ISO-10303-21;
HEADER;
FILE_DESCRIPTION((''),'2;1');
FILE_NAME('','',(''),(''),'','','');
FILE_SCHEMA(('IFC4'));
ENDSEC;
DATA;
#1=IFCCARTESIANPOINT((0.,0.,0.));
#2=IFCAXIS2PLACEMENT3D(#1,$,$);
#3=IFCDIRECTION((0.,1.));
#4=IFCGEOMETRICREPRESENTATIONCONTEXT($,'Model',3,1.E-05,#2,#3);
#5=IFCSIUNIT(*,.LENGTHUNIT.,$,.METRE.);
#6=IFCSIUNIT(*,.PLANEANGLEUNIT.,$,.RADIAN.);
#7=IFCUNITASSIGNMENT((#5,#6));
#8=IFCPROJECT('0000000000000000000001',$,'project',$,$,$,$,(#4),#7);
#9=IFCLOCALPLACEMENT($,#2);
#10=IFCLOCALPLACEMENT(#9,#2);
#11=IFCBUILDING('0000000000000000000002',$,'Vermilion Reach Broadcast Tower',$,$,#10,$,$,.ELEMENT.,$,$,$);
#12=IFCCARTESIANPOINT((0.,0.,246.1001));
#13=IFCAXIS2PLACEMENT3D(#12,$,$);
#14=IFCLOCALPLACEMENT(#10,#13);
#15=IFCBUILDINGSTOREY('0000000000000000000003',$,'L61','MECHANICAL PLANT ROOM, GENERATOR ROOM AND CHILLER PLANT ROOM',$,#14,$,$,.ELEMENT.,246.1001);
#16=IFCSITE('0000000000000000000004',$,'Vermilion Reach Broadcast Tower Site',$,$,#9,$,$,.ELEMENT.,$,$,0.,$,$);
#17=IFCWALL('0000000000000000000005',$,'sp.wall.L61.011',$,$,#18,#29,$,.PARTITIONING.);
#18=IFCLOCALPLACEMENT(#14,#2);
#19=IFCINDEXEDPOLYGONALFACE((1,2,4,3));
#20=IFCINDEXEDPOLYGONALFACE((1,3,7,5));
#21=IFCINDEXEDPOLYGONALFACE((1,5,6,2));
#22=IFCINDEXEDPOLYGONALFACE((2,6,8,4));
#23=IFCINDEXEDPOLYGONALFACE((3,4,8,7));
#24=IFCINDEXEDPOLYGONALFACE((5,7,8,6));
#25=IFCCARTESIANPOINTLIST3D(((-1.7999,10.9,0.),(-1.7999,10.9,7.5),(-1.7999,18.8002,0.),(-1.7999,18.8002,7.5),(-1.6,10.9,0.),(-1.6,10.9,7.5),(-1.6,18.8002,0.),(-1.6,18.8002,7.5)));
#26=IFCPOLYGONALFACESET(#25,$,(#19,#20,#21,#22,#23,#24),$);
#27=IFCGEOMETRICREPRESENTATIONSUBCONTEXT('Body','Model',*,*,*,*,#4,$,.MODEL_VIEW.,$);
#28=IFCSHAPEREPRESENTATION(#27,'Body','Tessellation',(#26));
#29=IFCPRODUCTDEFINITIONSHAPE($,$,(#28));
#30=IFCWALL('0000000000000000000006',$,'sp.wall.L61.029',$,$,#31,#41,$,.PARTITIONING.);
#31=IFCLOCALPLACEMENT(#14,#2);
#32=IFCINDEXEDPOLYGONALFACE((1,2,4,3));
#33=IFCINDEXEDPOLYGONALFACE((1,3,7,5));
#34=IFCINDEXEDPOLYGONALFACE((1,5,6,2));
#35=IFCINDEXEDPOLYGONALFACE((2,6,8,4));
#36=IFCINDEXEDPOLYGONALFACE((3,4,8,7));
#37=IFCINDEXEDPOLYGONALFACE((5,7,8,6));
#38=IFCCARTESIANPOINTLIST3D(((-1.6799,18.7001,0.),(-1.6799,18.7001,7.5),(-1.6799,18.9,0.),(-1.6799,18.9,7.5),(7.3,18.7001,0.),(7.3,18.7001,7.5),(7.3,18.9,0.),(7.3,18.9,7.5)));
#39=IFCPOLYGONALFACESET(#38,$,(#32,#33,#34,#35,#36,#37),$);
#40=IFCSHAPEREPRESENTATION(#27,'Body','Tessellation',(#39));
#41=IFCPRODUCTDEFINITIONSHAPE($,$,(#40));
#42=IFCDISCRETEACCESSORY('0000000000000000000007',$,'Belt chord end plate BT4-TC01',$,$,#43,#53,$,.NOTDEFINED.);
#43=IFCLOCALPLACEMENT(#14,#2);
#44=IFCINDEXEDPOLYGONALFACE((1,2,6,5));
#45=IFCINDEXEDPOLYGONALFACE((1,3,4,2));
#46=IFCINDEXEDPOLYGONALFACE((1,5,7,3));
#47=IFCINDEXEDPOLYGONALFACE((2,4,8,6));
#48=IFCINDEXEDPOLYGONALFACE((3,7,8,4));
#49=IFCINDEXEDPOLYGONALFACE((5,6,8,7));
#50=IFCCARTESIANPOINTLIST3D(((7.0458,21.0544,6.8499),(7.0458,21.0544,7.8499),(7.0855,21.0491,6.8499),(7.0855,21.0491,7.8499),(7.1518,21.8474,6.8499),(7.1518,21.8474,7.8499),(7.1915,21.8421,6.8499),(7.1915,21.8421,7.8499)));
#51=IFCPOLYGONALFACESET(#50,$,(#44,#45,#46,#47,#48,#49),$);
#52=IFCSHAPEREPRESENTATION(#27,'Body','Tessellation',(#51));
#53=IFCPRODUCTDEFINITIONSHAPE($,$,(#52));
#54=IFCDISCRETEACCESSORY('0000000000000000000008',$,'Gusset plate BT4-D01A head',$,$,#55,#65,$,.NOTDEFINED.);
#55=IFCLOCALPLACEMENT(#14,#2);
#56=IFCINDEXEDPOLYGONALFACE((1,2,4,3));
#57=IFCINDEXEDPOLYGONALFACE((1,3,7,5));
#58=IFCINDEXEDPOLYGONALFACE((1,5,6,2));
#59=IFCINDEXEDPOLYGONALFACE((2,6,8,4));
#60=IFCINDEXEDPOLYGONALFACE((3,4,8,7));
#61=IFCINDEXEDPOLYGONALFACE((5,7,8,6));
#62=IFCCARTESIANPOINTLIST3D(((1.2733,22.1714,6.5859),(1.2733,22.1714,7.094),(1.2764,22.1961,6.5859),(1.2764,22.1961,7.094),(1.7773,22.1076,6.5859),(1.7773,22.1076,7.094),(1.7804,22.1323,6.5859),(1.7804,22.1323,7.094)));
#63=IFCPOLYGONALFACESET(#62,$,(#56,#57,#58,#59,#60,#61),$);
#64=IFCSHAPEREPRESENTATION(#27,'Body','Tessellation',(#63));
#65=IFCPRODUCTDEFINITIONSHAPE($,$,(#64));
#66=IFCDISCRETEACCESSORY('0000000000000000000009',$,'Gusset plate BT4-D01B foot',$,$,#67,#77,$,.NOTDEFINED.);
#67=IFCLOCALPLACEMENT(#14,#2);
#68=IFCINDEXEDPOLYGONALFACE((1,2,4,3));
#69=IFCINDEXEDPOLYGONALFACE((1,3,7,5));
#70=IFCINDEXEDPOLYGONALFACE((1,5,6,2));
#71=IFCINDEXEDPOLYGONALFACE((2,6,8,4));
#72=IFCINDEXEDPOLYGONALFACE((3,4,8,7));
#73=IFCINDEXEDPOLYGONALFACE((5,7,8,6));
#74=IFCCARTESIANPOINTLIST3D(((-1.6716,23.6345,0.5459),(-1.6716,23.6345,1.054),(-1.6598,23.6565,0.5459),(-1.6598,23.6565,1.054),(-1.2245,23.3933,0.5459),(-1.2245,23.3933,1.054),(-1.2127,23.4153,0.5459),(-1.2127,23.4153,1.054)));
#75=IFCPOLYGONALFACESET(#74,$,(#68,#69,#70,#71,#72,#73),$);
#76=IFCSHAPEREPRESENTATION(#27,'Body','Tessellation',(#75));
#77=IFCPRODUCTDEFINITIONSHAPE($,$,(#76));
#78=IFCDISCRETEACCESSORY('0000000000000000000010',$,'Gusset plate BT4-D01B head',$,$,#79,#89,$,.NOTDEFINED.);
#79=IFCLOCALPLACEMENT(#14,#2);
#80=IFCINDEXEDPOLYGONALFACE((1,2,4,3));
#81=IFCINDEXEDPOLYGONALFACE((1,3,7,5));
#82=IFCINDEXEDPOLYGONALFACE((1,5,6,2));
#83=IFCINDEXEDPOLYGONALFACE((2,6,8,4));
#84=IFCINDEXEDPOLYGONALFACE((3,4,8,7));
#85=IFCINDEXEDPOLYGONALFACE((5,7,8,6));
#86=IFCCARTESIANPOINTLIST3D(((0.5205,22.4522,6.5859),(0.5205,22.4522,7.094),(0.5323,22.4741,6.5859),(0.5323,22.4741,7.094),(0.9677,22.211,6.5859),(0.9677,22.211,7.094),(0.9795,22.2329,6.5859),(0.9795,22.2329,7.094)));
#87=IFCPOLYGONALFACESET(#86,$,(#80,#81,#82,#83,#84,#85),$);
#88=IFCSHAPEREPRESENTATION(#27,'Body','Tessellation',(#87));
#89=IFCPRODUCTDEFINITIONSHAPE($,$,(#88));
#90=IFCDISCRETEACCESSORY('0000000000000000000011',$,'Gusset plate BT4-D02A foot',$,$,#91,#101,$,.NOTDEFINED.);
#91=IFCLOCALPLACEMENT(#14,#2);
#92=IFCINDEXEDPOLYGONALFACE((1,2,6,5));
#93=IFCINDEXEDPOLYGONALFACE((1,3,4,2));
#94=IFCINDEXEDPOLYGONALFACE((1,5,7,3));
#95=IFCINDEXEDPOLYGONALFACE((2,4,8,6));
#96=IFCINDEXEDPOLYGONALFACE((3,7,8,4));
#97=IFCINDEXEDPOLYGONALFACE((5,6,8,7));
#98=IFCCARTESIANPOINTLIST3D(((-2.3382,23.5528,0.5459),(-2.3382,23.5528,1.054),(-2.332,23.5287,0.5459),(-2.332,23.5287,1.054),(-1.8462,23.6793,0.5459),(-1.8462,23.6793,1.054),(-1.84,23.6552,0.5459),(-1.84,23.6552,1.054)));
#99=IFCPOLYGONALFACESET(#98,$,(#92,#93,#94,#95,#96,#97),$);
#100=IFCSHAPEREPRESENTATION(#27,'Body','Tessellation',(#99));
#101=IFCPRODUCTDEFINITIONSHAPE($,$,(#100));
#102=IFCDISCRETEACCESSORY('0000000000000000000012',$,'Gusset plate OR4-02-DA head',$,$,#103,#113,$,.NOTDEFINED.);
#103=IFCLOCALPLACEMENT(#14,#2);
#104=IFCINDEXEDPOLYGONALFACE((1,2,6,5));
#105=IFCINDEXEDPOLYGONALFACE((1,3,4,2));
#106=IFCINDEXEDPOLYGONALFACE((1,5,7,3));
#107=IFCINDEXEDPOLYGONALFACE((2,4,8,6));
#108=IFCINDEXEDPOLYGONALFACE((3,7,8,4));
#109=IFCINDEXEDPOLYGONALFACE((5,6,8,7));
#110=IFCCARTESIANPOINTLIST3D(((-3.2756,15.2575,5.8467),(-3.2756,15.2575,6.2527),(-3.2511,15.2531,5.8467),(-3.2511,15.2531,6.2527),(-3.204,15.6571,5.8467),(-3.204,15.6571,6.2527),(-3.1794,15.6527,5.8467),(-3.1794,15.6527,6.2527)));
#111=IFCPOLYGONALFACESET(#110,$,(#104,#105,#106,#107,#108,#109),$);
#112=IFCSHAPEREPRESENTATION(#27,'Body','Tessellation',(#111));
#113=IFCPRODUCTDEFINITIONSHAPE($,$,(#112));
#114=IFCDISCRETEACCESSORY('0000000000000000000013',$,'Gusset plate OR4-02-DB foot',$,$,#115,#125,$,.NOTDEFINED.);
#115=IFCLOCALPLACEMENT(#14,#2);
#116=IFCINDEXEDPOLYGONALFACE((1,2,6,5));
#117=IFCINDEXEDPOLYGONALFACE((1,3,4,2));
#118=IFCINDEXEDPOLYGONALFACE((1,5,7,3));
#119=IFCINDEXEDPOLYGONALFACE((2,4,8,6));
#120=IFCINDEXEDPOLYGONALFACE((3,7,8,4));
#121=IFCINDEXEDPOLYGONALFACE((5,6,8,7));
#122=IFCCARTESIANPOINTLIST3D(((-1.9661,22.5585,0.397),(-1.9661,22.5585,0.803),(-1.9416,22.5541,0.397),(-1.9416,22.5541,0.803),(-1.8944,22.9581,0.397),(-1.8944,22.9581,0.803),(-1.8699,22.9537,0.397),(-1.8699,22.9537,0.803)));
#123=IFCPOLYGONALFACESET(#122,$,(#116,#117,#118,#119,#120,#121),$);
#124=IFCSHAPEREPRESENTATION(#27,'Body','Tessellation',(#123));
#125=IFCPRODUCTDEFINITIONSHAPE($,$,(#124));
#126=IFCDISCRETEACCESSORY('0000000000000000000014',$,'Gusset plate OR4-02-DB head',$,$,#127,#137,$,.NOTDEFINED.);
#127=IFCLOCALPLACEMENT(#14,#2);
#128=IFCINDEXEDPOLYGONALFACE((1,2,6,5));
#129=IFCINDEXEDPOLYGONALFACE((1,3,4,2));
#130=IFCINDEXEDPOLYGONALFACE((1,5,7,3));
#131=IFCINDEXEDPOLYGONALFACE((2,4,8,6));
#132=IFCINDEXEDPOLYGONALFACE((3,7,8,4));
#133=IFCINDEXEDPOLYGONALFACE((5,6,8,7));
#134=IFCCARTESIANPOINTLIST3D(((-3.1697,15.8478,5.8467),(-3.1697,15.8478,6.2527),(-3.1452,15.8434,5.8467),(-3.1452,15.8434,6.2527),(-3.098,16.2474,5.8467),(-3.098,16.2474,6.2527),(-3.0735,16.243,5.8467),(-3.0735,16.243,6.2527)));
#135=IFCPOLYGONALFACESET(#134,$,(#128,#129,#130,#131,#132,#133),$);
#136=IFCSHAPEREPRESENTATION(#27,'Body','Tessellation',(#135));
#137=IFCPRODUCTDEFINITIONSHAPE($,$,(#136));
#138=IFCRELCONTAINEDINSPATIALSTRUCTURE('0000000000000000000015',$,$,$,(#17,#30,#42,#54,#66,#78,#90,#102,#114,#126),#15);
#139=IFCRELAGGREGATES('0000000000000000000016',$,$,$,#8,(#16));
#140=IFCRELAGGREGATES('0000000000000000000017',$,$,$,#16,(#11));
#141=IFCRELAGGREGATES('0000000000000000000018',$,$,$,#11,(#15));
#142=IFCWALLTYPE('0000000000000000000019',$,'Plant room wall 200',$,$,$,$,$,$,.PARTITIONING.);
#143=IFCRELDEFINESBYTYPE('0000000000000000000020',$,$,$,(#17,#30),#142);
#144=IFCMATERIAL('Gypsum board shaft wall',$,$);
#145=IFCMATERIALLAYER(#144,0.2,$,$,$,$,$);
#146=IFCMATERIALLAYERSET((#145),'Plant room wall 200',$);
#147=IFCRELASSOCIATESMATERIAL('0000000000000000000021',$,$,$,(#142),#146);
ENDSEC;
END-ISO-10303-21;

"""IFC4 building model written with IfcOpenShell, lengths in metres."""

from ifc_helpers import new_model, si_unit, direction, frame, frame_2d, origin, origin_2d, place, context, subcontext, project, spatial, rectangle, extrude, material, layer, layer_set, type_object, element, save


model = new_model("IFC4")

# Units and contexts
model_context = context("Model", 3, precision=1e-05, world=origin(), true_north=direction((0.0, 1.0)))
body_context = subcontext(model_context, "Body", "Model", "MODEL_VIEW")
ifc_project = project(units=[si_unit("LENGTHUNIT", "METRE"), si_unit("PLANEANGLEUNIT", "RADIAN")], contexts=[model_context])

# Site, building, storey
site_placement = place(None, origin())
site = spatial("IfcSite", under=ifc_project, at=site_placement, Name="Vermilion Reach Broadcast Tower Site", CompositionType="ELEMENT", RefElevation=0.0)
building_placement = place(site_placement, origin())
building = spatial("IfcBuilding", under=site, at=building_placement, Name="Vermilion Reach Broadcast Tower", CompositionType="ELEMENT")
storey_placement = place(building_placement, frame((0.0, 0.0, 246.1001)))
storey = spatial("IfcBuildingStorey", under=building, at=storey_placement, Name="L61", Description="MECHANICAL PLANT ROOM, GENERATOR ROOM AND CHILLER PLANT ROOM", CompositionType="ELEMENT", Elevation=246.1001)

# Walls
ifc_material_1 = material(Name="Gypsum board shaft wall")
ifc_layer = layer(ifc_material_1, 0.2)
ifc_layer_set = layer_set([ifc_layer], Name="Plant room wall 200")
wall_type = type_object("IfcWallType", Name="Plant room wall 200", PredefinedType="PARTITIONING", material=ifc_layer_set)
wall_1_placement = place(storey_placement, frame((-1.7, 10.8999, 0.0), z_axis=(0.0, 0.0, 1.0), x_axis=(0.0, 1.0, 0.0)))
element("IfcWall", 1, at=wall_1_placement, inside=storey, type_object=wall_type, Name="sp.wall.L61.011", PredefinedType="PARTITIONING", context=body_context, shape_type="SweptSolid", body=[
    extrude(rectangle(XDim=7.9001, YDim=0.2, at=frame_2d((3.9502, 0.0))), origin(), (0.0, 0.0, 1.0), 7.5),
])
wall_2_placement = place(storey_placement, frame((-1.6799, 18.8, 0.0), z_axis=(0.0, 0.0, 1.0), x_axis=(1.0, 0.0, 0.0)))
element("IfcWall", 2, at=wall_2_placement, inside=storey, type_object=wall_type, Name="sp.wall.L61.029", PredefinedType="PARTITIONING", context=body_context, shape_type="SweptSolid", body=[
    extrude(rectangle(XDim=8.98, YDim=0.2, at=frame_2d((4.49, 0.0))), origin(), (0.0, 0.0, 1.0), 7.5),
])

# Discrete accessories
discrete_accessory_placement = place(storey_placement, frame((7.1187, 21.4482, 6.8499), z_axis=(0.0, 0.0, 1.0), x_axis=(0.991193, -0.132428, 0.0)))
element("IfcDiscreteAccessory", 3, at=discrete_accessory_placement, inside=storey, Name="Belt chord end plate BT4-TC01", PredefinedType="NOTDEFINED", context=body_context, shape_type="SweptSolid", body=[
    extrude(rectangle(XDim=0.04, YDim=0.8, at=origin_2d()), origin(), (0.0, 0.0, 1.0), 1.0),
])
for number, where, z_axis, x_axis, name in (
    (4, (1.5269, 22.1519, 6.5859), (0.0, 0.0, 1.0), (-0.125564, -0.992086, 0.0), "Gusset plate BT4-D01A head"),
    (5, (-1.4421, 23.5249, 0.5459), (0.0, 0.0, 1.0), (0.474735, 0.880129, 0.0), "Gusset plate BT4-D01B foot"),
    (6, (0.75, 22.3425, 6.5859), (0.0, 0.0, 1.0), (0.474735, 0.880129, 0.0), "Gusset plate BT4-D01B head"),
    (7, (-2.0891, 23.604, 0.5459), (0.0, 0.0, 1.0), (0.248884, -0.968533, 0.0), "Gusset plate BT4-D02A foot"),
):
    element("IfcDiscreteAccessory", number, at=place(storey_placement, frame(where, z_axis=z_axis, x_axis=x_axis)), inside=storey, Name=name, PredefinedType="NOTDEFINED", context=body_context, shape_type="SweptSolid", body=[
        extrude(rectangle(XDim=0.0249, YDim=0.5081, at=origin_2d()), origin(), (0.0, 0.0, 1.0), 0.5081),
    ])
for number, where, z_axis, x_axis, name in (
    (8, (-3.2275, 15.4551, 5.8467), (0.0, 0.0, 1.0), (-0.984288, 0.176569, 0.0), "Gusset plate OR4-02-DA head"),
    (9, (-1.918, 22.7561, 0.397), (0.0, 0.0, 1.0), (-0.984288, 0.176569, 0.0), "Gusset plate OR4-02-DB foot"),
    (10, (-3.1216, 16.0454, 5.8467), (0.0, 0.0, 1.0), (-0.984288, 0.176569, 0.0), "Gusset plate OR4-02-DB head"),
):
    element("IfcDiscreteAccessory", number, at=place(storey_placement, frame(where, z_axis=z_axis, x_axis=x_axis)), inside=storey, Name=name, PredefinedType="NOTDEFINED", context=body_context, shape_type="SweptSolid", body=[
        extrude(rectangle(XDim=0.0249, YDim=0.406, at=origin_2d()), origin(), (0.0, 0.0, 1.0), 0.406),
    ])

save(model, "model.ifc")
